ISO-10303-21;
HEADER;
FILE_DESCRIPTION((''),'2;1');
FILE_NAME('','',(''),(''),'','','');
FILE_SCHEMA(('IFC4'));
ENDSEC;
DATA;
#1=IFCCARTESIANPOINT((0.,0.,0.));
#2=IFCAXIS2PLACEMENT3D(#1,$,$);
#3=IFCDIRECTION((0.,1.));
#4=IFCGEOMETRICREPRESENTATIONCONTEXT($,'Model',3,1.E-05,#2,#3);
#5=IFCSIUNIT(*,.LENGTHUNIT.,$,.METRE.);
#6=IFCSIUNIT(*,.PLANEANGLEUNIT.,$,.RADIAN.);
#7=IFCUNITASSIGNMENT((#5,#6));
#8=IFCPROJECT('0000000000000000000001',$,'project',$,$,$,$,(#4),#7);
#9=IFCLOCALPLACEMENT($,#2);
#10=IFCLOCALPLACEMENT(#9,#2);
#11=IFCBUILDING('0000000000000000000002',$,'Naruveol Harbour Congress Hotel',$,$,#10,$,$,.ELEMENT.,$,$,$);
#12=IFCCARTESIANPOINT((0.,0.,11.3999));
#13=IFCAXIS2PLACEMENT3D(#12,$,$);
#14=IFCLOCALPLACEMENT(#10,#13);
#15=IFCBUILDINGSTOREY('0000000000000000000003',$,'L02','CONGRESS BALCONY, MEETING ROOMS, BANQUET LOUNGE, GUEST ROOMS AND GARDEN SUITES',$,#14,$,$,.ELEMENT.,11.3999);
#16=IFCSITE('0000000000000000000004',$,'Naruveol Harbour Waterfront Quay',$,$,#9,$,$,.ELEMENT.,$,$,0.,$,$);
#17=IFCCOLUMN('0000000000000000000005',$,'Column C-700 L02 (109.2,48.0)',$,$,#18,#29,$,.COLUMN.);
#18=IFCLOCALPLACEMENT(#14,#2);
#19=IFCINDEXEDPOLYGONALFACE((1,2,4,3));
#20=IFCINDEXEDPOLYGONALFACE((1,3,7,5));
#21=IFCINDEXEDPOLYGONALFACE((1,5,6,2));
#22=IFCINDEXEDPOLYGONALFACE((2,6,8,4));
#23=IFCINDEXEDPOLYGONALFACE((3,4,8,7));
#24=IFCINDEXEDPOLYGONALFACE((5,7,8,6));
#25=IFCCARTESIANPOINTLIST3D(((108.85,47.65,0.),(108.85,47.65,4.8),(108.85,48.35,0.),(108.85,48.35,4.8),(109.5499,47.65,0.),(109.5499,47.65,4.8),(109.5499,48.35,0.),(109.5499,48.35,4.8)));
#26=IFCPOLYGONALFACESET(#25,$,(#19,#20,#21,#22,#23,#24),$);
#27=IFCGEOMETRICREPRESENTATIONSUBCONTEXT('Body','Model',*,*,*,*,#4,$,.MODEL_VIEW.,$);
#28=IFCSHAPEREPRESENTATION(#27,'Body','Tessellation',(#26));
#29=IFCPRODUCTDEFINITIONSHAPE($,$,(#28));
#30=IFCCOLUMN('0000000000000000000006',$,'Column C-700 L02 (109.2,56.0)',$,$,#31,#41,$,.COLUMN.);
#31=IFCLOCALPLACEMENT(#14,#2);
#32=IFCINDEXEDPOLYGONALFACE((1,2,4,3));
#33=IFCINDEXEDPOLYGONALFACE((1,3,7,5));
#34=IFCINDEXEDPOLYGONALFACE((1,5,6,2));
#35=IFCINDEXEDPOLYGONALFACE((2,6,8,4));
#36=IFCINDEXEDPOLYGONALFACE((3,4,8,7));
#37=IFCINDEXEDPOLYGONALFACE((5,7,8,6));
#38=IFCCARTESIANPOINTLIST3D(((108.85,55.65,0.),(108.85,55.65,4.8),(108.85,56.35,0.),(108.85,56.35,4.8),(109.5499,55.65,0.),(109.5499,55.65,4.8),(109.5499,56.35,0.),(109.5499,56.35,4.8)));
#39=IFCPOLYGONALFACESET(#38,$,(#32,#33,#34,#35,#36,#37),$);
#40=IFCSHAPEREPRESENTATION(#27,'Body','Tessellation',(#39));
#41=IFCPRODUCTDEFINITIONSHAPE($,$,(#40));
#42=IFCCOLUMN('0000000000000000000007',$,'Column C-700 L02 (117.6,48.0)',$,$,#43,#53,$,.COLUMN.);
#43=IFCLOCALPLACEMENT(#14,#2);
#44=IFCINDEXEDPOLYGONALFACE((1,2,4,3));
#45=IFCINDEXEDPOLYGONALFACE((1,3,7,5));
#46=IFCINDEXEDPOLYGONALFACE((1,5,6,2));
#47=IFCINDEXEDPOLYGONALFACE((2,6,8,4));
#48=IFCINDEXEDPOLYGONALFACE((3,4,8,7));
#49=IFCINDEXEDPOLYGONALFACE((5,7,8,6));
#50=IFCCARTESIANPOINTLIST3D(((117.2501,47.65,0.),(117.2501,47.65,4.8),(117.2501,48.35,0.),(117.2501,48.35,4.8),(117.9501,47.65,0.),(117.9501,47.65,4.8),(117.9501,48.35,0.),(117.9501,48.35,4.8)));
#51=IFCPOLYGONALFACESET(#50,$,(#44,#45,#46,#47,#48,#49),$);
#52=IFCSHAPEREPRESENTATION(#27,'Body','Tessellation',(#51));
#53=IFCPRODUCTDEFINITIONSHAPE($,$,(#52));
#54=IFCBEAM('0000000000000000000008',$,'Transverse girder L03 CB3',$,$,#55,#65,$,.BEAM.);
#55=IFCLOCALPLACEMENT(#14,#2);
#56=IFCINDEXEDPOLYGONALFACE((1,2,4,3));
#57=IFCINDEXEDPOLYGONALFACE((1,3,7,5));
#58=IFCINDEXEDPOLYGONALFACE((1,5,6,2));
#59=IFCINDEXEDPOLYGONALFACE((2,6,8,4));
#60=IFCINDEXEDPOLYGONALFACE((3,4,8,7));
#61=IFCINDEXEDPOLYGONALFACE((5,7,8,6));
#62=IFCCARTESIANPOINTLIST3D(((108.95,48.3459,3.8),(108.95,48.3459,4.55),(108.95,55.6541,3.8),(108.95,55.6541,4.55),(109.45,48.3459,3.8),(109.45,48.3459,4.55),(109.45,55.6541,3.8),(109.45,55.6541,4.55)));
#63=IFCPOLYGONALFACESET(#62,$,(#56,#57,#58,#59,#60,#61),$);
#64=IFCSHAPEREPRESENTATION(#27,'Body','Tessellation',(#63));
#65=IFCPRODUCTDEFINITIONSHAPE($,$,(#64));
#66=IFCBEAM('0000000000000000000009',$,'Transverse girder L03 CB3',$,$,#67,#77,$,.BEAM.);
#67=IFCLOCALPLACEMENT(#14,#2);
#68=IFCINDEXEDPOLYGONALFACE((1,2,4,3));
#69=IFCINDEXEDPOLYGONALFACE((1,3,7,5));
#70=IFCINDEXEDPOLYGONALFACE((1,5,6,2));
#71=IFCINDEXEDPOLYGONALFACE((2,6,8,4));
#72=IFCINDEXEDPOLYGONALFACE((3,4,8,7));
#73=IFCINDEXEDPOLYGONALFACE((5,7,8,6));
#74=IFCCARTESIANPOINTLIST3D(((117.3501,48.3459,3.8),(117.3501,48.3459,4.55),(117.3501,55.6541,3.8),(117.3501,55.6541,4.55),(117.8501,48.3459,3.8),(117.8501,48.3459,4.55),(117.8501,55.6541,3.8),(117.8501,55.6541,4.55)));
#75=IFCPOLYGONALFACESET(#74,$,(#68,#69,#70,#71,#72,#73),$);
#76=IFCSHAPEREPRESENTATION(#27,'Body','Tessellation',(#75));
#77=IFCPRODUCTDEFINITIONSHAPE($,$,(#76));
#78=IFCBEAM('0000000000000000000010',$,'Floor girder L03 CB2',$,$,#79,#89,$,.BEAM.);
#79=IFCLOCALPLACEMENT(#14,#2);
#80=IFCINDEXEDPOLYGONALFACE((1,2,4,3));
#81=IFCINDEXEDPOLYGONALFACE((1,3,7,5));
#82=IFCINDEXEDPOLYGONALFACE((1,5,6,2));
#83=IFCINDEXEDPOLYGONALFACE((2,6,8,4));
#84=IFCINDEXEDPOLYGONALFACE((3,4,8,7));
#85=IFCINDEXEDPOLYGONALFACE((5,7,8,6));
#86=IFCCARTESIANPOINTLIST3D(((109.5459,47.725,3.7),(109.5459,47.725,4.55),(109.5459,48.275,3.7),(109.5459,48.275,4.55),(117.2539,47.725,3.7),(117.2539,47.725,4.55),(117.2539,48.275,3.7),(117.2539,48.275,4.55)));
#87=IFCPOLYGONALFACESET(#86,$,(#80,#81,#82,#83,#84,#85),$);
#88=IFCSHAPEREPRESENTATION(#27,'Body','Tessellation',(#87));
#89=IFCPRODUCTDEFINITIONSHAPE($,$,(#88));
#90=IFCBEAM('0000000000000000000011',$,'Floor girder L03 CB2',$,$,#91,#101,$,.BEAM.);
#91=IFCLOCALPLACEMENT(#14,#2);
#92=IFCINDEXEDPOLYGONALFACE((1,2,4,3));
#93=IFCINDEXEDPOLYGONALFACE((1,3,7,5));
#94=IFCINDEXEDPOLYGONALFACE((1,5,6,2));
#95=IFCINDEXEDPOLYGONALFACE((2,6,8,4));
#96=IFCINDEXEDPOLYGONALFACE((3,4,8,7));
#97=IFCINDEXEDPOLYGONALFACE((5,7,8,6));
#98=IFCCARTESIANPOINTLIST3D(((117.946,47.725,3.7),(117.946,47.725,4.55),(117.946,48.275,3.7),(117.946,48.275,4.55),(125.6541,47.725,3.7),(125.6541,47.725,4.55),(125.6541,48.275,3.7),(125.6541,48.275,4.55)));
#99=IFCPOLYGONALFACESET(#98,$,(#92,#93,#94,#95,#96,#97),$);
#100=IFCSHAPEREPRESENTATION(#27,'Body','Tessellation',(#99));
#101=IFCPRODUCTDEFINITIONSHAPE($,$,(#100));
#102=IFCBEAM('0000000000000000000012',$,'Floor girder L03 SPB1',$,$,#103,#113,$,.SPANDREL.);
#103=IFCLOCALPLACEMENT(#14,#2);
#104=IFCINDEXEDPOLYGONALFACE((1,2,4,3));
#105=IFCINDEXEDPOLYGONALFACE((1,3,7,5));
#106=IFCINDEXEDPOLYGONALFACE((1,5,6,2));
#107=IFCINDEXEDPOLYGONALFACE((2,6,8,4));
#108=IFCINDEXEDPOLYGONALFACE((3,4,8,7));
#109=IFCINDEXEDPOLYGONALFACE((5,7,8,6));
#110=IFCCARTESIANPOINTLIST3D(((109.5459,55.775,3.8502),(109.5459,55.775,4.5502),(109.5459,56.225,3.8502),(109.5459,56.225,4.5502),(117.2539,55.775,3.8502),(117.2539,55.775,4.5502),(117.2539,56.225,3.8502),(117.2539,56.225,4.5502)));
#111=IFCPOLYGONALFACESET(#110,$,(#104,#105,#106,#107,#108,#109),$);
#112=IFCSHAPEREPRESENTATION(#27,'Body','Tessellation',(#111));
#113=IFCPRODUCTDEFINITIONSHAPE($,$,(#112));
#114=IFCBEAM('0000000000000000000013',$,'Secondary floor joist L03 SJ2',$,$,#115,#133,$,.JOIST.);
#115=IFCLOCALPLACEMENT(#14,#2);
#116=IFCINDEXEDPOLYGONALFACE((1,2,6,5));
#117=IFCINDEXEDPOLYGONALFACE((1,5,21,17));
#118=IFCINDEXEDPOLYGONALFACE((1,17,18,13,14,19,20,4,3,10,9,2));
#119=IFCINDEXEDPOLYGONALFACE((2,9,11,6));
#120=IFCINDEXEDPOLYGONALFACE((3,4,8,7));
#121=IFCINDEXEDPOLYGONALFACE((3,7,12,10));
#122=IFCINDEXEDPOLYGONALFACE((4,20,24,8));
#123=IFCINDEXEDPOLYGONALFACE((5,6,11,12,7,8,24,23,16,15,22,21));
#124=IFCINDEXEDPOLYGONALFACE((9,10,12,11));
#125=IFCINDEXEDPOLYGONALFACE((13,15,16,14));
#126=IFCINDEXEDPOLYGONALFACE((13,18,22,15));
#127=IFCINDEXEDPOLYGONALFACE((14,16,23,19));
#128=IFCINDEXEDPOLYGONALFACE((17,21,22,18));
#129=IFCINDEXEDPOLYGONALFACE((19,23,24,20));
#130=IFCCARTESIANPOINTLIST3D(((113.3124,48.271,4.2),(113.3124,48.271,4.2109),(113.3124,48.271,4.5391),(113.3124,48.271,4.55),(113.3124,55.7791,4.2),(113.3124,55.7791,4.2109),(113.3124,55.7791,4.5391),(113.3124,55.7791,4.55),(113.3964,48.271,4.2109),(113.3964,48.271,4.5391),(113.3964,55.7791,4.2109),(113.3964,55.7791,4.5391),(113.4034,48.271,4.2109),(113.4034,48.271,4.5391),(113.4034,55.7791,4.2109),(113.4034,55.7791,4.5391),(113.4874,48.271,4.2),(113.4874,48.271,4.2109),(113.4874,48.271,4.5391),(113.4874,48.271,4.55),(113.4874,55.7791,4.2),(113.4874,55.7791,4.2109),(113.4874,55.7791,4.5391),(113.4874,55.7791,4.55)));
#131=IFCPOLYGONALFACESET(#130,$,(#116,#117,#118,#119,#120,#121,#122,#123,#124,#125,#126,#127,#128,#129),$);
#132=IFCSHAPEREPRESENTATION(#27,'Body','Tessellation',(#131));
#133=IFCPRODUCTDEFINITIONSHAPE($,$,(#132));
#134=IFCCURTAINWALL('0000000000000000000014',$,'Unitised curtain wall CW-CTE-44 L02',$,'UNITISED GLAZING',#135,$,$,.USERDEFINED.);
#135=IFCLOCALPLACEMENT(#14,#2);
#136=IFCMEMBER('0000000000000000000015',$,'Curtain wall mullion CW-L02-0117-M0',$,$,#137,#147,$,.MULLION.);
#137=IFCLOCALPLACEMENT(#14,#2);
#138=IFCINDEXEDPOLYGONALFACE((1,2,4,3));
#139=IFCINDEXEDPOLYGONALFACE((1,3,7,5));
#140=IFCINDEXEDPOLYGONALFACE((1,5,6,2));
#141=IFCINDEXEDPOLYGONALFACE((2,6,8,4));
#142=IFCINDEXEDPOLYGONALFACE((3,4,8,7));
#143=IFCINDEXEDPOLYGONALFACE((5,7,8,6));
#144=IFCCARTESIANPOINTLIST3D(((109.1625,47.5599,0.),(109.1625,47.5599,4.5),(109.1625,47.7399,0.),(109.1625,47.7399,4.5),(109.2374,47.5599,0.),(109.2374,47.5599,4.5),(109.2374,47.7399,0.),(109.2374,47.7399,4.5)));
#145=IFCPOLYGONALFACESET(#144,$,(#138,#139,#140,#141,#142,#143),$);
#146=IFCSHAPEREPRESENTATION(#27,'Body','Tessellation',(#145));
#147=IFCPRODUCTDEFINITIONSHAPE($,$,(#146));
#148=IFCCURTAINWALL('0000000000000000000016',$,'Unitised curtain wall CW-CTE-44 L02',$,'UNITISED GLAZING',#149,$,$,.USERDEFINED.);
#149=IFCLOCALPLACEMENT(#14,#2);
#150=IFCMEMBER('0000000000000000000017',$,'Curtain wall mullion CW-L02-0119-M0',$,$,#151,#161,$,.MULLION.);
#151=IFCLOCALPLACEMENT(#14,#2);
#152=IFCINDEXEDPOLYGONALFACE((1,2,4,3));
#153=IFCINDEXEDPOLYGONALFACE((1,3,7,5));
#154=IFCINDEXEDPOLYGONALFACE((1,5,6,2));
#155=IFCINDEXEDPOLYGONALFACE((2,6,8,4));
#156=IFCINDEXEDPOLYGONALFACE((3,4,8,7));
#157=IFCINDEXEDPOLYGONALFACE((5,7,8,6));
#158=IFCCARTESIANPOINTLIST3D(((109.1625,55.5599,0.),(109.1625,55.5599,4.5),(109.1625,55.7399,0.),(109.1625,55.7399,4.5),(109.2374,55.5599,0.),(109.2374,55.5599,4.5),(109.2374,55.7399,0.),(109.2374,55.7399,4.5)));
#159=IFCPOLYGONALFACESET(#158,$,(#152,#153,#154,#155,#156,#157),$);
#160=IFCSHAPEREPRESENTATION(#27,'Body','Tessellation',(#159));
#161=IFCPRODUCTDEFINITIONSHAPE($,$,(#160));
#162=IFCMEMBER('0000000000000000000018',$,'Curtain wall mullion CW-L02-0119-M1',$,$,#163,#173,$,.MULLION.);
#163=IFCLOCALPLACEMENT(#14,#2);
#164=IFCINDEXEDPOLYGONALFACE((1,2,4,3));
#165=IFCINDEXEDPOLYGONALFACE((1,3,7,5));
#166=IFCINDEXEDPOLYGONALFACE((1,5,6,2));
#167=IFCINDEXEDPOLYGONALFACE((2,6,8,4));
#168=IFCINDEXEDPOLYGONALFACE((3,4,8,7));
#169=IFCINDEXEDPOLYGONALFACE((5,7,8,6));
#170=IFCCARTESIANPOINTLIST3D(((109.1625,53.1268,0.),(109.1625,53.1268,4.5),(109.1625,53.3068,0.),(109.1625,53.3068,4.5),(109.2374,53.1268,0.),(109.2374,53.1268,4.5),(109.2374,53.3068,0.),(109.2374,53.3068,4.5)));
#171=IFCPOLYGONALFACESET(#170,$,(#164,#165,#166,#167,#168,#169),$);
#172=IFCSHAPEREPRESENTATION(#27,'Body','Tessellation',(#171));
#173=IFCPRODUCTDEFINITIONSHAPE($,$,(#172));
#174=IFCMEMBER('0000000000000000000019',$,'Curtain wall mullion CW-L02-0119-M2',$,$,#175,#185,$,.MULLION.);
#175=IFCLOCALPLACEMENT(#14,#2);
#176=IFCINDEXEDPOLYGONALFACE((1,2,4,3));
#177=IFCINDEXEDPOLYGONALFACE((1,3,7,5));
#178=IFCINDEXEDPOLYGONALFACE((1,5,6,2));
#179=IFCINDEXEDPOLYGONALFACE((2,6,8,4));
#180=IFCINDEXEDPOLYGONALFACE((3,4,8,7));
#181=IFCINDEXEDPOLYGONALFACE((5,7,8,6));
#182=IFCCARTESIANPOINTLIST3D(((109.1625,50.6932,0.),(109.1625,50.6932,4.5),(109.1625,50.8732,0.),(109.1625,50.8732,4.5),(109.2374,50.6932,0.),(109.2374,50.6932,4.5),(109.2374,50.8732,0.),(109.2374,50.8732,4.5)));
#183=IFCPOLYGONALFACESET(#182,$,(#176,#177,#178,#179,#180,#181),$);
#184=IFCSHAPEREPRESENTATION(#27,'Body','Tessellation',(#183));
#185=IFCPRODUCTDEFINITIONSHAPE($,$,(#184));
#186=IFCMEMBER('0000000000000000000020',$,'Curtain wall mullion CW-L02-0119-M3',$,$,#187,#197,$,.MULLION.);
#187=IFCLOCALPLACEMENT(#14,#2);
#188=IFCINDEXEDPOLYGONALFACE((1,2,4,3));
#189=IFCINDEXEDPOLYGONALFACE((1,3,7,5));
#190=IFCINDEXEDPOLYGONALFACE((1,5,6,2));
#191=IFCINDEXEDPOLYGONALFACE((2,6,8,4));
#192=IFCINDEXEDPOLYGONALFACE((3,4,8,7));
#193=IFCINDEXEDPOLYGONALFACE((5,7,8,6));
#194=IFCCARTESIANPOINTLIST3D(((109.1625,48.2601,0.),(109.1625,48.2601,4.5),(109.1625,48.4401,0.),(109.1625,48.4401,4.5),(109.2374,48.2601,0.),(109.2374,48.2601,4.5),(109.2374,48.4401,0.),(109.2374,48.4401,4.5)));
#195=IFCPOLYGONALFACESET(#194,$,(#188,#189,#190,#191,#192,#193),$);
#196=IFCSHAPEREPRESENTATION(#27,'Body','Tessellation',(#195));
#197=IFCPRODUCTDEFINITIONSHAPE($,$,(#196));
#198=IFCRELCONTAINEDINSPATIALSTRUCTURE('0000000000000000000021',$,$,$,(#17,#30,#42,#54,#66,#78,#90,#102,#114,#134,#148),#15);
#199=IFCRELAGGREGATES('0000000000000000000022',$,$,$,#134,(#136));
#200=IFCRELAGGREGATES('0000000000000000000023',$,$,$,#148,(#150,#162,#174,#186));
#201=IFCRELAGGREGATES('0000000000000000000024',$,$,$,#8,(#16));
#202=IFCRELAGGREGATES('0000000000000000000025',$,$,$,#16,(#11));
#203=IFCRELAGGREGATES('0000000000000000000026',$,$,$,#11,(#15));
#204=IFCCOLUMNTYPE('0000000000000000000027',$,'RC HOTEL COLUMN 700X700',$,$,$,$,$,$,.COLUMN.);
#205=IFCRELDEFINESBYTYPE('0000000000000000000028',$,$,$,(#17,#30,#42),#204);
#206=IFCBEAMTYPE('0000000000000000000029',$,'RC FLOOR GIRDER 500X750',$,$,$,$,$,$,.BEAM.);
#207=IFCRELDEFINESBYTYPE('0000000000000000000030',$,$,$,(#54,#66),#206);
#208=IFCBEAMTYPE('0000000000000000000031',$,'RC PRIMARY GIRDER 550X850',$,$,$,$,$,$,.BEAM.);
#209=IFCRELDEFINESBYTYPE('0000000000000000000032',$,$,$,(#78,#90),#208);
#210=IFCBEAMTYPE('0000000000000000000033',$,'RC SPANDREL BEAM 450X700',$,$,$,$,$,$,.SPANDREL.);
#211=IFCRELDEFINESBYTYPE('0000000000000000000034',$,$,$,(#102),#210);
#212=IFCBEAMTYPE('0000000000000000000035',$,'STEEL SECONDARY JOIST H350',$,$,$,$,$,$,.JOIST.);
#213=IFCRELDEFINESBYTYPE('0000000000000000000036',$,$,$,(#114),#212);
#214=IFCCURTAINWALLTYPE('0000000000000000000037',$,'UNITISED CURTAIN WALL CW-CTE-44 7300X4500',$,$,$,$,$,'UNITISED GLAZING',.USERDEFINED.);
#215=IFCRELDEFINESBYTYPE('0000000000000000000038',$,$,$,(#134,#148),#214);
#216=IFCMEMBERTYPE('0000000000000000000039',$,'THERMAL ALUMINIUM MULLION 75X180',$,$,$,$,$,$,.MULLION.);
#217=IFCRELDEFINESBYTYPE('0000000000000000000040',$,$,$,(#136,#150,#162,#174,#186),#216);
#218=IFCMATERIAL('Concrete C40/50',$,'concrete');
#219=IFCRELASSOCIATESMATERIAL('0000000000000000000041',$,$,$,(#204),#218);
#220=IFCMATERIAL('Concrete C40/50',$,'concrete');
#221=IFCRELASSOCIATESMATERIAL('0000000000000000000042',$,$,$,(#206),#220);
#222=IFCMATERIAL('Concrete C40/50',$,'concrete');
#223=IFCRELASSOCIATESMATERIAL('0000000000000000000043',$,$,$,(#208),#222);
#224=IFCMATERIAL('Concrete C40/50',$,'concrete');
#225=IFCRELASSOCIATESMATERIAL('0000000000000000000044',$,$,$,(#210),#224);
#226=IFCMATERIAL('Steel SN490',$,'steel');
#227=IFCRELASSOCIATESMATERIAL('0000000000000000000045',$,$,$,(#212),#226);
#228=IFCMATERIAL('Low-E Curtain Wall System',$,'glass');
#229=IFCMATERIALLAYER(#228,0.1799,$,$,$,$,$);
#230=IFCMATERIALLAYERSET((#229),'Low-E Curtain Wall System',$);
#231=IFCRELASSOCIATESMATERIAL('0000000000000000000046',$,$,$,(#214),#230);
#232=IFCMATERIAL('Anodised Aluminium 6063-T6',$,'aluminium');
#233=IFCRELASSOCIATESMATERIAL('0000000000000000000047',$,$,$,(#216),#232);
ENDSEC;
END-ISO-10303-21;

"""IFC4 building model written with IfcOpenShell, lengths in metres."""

from ifc_helpers import new_model, si_unit, direction, frame, origin, origin_2d, place, context, subcontext, project, spatial, rectangle, i_section, extrude, material, layer, layer_set, material_profile, profile_set, type_object, element, aggregate, save


model = new_model("IFC4")

# Units and contexts
model_context = context("Model", 3, precision=1e-05, world=origin(), true_north=direction((0.0, 1.0)))
body_context = subcontext(model_context, "Body", "Model", "MODEL_VIEW")
ifc_project = project(units=[si_unit("LENGTHUNIT", "METRE"), si_unit("PLANEANGLEUNIT", "RADIAN")], contexts=[model_context])

# Site, building, storey
site_placement = place(None, origin())
site = spatial("IfcSite", under=ifc_project, at=site_placement, Name="Naruveol Harbour Waterfront Quay", CompositionType="ELEMENT", RefElevation=0.0)
building_placement = place(site_placement, origin())
building = spatial("IfcBuilding", under=site, at=building_placement, Name="Naruveol Harbour Congress Hotel", CompositionType="ELEMENT")
storey_placement = place(building_placement, frame((0.0, 0.0, 11.3999)))
storey = spatial("IfcBuildingStorey", under=building, at=storey_placement, Name="L02", Description="CONGRESS BALCONY, MEETING ROOMS, BANQUET LOUNGE, GUEST ROOMS AND GARDEN SUITES", CompositionType="ELEMENT", Elevation=11.3999)

# Columns
ifc_material_1 = material(Name="Concrete C40/50", Category="concrete")
ifc_material_profile_1 = material_profile(ifc_material_1, rectangle(XDim=0.7, YDim=0.7, at=origin_2d()), Name="RC-700x700")
ifc_profile_set_1 = profile_set([ifc_material_profile_1], Name="Concrete C40/50")
column_type = type_object("IfcColumnType", Name="RC HOTEL COLUMN 700X700", PredefinedType="COLUMN", material=ifc_profile_set_1)
for number, where, z_axis, x_axis, name in (
    (1, (109.2, 48.0, 0.0), (0.0, 0.0, 1.0), (1.0, 0.0, 0.0), "Column C-700 L02 (109.2,48.0)"),
    (2, (109.2, 56.0, 0.0), (0.0, 0.0, 1.0), (1.0, 0.0, 0.0), "Column C-700 L02 (109.2,56.0)"),
    (3, (117.6001, 48.0, 0.0), (0.0, 0.0, 1.0), (1.0, 0.0, 0.0), "Column C-700 L02 (117.6,48.0)"),
):
    element("IfcColumn", number, at=place(storey_placement, frame(where, z_axis=z_axis, x_axis=x_axis)), inside=storey, type_object=column_type, Name=name, PredefinedType="COLUMN", context=body_context, shape_type="SweptSolid", body=[
        extrude(rectangle(XDim=0.7, YDim=0.7, at=origin_2d()), origin(), (0.0, 0.0, 1.0), 4.8),
    ])

# Beams
ifc_material_2 = material(Name="Concrete C40/50", Category="concrete")
ifc_material_profile_2 = material_profile(ifc_material_2, rectangle(XDim=0.5, YDim=0.75, at=origin_2d()), Name="RCB-500x750")
ifc_profile_set_2 = profile_set([ifc_material_profile_2], Name="Concrete C40/50")
beam_type_1 = type_object("IfcBeamType", Name="RC FLOOR GIRDER 500X750", PredefinedType="BEAM", material=ifc_profile_set_2)
for number, where, z_axis, x_axis, name in (
    (4, (109.2, 48.3459, 4.175), (0.0, 1.0, 0.0), (-1.0, 0.0, 0.0), "Transverse girder L03 CB3"),
    (5, (117.6001, 48.3459, 4.175), (0.0, 1.0, 0.0), (-1.0, 0.0, 0.0), "Transverse girder L03 CB3"),
):
    element("IfcBeam", number, at=place(storey_placement, frame(where, z_axis=z_axis, x_axis=x_axis)), inside=storey, type_object=beam_type_1, Name=name, PredefinedType="BEAM", context=body_context, shape_type="SweptSolid", body=[
        extrude(rectangle(XDim=0.5, YDim=0.75, at=origin_2d()), origin(), (0.0, 0.0, 1.0), 7.3081),
    ])
ifc_material_3 = material(Name="Concrete C40/50", Category="concrete")
ifc_material_profile_3 = material_profile(ifc_material_3, rectangle(XDim=0.55, YDim=0.8501, at=origin_2d()), Name="RCB-550x850")
ifc_profile_set_3 = profile_set([ifc_material_profile_3], Name="Concrete C40/50")
beam_type_2 = type_object("IfcBeamType", Name="RC PRIMARY GIRDER 550X850", PredefinedType="BEAM", material=ifc_profile_set_3)
for number, where, z_axis, x_axis, name in (
    (6, (109.5459, 48.0, 4.125), (1.0, 0.0, 0.0), (0.0, 1.0, 0.0), "Floor girder L03 CB2"),
    (7, (117.946, 48.0, 4.125), (1.0, 0.0, 0.0), (0.0, 1.0, 0.0), "Floor girder L03 CB2"),
):
    element("IfcBeam", number, at=place(storey_placement, frame(where, z_axis=z_axis, x_axis=x_axis)), inside=storey, type_object=beam_type_2, Name=name, PredefinedType="BEAM", context=body_context, shape_type="SweptSolid", body=[
        extrude(rectangle(XDim=0.55, YDim=0.8501, at=origin_2d()), origin(), (0.0, 0.0, 1.0), 7.708),
    ])
ifc_material_4 = material(Name="Concrete C40/50", Category="concrete")
ifc_material_profile_4 = material_profile(ifc_material_4, rectangle(XDim=0.45, YDim=0.7, at=origin_2d()), Name="RCB-450x700")
ifc_profile_set_4 = profile_set([ifc_material_profile_4], Name="Concrete C40/50")
beam_type_3 = type_object("IfcBeamType", Name="RC SPANDREL BEAM 450X700", PredefinedType="SPANDREL", material=ifc_profile_set_4)
beam_1_placement = place(storey_placement, frame((109.5459, 56.0, 4.2002), z_axis=(1.0, 0.0, 0.0), x_axis=(0.0, 1.0, 0.0)))
element("IfcBeam", 8, at=beam_1_placement, inside=storey, type_object=beam_type_3, Name="Floor girder L03 SPB1", PredefinedType="SPANDREL", context=body_context, shape_type="SweptSolid", body=[
    extrude(rectangle(XDim=0.45, YDim=0.7, at=origin_2d()), origin(), (0.0, 0.0, 1.0), 7.708),
])
ifc_material_5 = material(Name="Steel SN490", Category="steel")
ifc_material_profile_5 = material_profile(ifc_material_5, i_section(OverallWidth=0.175, OverallDepth=0.3501, WebThickness=0.0071, FlangeThickness=0.011, at=origin_2d()), Name="H-350x175x7x11")
ifc_profile_set_5 = profile_set([ifc_material_profile_5], Name="Steel SN490")
beam_type_4 = type_object("IfcBeamType", Name="STEEL SECONDARY JOIST H350", PredefinedType="JOIST", material=ifc_profile_set_5)
beam_2_placement = place(storey_placement, frame((113.3999, 48.271, 4.375), z_axis=(0.0, 1.0, 0.0), x_axis=(-1.0, 0.0, 0.0)))
element("IfcBeam", 9, at=beam_2_placement, inside=storey, type_object=beam_type_4, Name="Secondary floor joist L03 SJ2", PredefinedType="JOIST", context=body_context, shape_type="SweptSolid", body=[
    extrude(i_section(OverallWidth=0.175, OverallDepth=0.3501, WebThickness=0.0071, FlangeThickness=0.011, at=origin_2d()), origin(), (0.0, 0.0, 1.0), 7.5081),
])

# Curtain wall, member
ifc_material_6 = material(Name="Low-E Curtain Wall System", Category="glass")
ifc_layer_1 = layer(ifc_material_6, 0.1799)
ifc_layer_set_1 = layer_set([ifc_layer_1], Name="Low-E Curtain Wall System")
curtain_wall_type = type_object("IfcCurtainWallType", Name="UNITISED CURTAIN WALL CW-CTE-44 7300X4500", ElementType="UNITISED GLAZING", PredefinedType="USERDEFINED", material=ifc_layer_set_1)
curtain_wall_1_placement = place(storey_placement, origin())
curtain_wall_1 = element("IfcCurtainWall", 10, at=curtain_wall_1_placement, inside=storey, type_object=curtain_wall_type, Name="Unitised curtain wall CW-CTE-44 L02", ObjectType="UNITISED GLAZING", PredefinedType="USERDEFINED")
ifc_material_7 = material(Name="Anodised Aluminium 6063-T6", Category="aluminium")
ifc_material_profile_6 = material_profile(ifc_material_7, rectangle(XDim=0.075, YDim=0.1799, at=origin_2d()), Name="ALU-75x180")
ifc_profile_set_6 = profile_set([ifc_material_profile_6], Name="Anodised Aluminium 6063-T6")
member_type_1 = type_object("IfcMemberType", Name="THERMAL ALUMINIUM MULLION 75X180", PredefinedType="MULLION", material=ifc_profile_set_6)
member_1_placement = place(storey_placement, frame((109.2, 47.6499, 0.0), z_axis=(0.0, 0.0, 1.0), x_axis=(1.0, 0.0, 0.0)))
member_1 = element("IfcMember", 11, at=member_1_placement, type_object=member_type_1, Name="Curtain wall mullion CW-L02-0117-M0", PredefinedType="MULLION", context=body_context, shape_type="SweptSolid", body=[
    extrude(rectangle(XDim=0.075, YDim=0.1799, at=origin_2d()), origin(), (0.0, 0.0, 1.0), 4.5),
])

# Curtain wall, members
curtain_wall_2_placement = place(storey_placement, origin())
curtain_wall_2 = element("IfcCurtainWall", 12, at=curtain_wall_2_placement, inside=storey, type_object=curtain_wall_type, Name="Unitised curtain wall CW-CTE-44 L02", ObjectType="UNITISED GLAZING", PredefinedType="USERDEFINED")
member_2_placement = place(storey_placement, frame((109.2, 55.6499, 0.0), z_axis=(0.0, 0.0, 1.0), x_axis=(1.0, 0.0, 0.0)))
member_2 = element("IfcMember", 13, at=member_2_placement, type_object=member_type_1, Name="Curtain wall mullion CW-L02-0119-M0", PredefinedType="MULLION", context=body_context, shape_type="SweptSolid", body=[
    extrude(rectangle(XDim=0.075, YDim=0.1799, at=origin_2d()), origin(), (0.0, 0.0, 1.0), 4.5),
])
member_3_placement = place(storey_placement, frame((109.2, 53.2168, 0.0), z_axis=(0.0, 0.0, 1.0), x_axis=(1.0, 0.0, 0.0)))
member_3 = element("IfcMember", 14, at=member_3_placement, type_object=member_type_1, Name="Curtain wall mullion CW-L02-0119-M1", PredefinedType="MULLION", context=body_context, shape_type="SweptSolid", body=[
    extrude(rectangle(XDim=0.075, YDim=0.1799, at=origin_2d()), origin(), (0.0, 0.0, 1.0), 4.5),
])
member_4_placement = place(storey_placement, frame((109.2, 50.7832, 0.0), z_axis=(0.0, 0.0, 1.0), x_axis=(1.0, 0.0, 0.0)))
member_4 = element("IfcMember", 15, at=member_4_placement, type_object=member_type_1, Name="Curtain wall mullion CW-L02-0119-M2", PredefinedType="MULLION", context=body_context, shape_type="SweptSolid", body=[
    extrude(rectangle(XDim=0.075, YDim=0.1799, at=origin_2d()), origin(), (0.0, 0.0, 1.0), 4.5),
])
member_5_placement = place(storey_placement, frame((109.2, 48.3501, 0.0), z_axis=(0.0, 0.0, 1.0), x_axis=(1.0, 0.0, 0.0)))
member_5 = element("IfcMember", 16, at=member_5_placement, type_object=member_type_1, Name="Curtain wall mullion CW-L02-0119-M3", PredefinedType="MULLION", context=body_context, shape_type="SweptSolid", body=[
    extrude(rectangle(XDim=0.075, YDim=0.1799, at=origin_2d()), origin(), (0.0, 0.0, 1.0), 4.5),
])

aggregate(curtain_wall_1, [member_1])

aggregate(curtain_wall_2, [member_2, member_3, member_4, member_5])

save(model, "model.ifc")
